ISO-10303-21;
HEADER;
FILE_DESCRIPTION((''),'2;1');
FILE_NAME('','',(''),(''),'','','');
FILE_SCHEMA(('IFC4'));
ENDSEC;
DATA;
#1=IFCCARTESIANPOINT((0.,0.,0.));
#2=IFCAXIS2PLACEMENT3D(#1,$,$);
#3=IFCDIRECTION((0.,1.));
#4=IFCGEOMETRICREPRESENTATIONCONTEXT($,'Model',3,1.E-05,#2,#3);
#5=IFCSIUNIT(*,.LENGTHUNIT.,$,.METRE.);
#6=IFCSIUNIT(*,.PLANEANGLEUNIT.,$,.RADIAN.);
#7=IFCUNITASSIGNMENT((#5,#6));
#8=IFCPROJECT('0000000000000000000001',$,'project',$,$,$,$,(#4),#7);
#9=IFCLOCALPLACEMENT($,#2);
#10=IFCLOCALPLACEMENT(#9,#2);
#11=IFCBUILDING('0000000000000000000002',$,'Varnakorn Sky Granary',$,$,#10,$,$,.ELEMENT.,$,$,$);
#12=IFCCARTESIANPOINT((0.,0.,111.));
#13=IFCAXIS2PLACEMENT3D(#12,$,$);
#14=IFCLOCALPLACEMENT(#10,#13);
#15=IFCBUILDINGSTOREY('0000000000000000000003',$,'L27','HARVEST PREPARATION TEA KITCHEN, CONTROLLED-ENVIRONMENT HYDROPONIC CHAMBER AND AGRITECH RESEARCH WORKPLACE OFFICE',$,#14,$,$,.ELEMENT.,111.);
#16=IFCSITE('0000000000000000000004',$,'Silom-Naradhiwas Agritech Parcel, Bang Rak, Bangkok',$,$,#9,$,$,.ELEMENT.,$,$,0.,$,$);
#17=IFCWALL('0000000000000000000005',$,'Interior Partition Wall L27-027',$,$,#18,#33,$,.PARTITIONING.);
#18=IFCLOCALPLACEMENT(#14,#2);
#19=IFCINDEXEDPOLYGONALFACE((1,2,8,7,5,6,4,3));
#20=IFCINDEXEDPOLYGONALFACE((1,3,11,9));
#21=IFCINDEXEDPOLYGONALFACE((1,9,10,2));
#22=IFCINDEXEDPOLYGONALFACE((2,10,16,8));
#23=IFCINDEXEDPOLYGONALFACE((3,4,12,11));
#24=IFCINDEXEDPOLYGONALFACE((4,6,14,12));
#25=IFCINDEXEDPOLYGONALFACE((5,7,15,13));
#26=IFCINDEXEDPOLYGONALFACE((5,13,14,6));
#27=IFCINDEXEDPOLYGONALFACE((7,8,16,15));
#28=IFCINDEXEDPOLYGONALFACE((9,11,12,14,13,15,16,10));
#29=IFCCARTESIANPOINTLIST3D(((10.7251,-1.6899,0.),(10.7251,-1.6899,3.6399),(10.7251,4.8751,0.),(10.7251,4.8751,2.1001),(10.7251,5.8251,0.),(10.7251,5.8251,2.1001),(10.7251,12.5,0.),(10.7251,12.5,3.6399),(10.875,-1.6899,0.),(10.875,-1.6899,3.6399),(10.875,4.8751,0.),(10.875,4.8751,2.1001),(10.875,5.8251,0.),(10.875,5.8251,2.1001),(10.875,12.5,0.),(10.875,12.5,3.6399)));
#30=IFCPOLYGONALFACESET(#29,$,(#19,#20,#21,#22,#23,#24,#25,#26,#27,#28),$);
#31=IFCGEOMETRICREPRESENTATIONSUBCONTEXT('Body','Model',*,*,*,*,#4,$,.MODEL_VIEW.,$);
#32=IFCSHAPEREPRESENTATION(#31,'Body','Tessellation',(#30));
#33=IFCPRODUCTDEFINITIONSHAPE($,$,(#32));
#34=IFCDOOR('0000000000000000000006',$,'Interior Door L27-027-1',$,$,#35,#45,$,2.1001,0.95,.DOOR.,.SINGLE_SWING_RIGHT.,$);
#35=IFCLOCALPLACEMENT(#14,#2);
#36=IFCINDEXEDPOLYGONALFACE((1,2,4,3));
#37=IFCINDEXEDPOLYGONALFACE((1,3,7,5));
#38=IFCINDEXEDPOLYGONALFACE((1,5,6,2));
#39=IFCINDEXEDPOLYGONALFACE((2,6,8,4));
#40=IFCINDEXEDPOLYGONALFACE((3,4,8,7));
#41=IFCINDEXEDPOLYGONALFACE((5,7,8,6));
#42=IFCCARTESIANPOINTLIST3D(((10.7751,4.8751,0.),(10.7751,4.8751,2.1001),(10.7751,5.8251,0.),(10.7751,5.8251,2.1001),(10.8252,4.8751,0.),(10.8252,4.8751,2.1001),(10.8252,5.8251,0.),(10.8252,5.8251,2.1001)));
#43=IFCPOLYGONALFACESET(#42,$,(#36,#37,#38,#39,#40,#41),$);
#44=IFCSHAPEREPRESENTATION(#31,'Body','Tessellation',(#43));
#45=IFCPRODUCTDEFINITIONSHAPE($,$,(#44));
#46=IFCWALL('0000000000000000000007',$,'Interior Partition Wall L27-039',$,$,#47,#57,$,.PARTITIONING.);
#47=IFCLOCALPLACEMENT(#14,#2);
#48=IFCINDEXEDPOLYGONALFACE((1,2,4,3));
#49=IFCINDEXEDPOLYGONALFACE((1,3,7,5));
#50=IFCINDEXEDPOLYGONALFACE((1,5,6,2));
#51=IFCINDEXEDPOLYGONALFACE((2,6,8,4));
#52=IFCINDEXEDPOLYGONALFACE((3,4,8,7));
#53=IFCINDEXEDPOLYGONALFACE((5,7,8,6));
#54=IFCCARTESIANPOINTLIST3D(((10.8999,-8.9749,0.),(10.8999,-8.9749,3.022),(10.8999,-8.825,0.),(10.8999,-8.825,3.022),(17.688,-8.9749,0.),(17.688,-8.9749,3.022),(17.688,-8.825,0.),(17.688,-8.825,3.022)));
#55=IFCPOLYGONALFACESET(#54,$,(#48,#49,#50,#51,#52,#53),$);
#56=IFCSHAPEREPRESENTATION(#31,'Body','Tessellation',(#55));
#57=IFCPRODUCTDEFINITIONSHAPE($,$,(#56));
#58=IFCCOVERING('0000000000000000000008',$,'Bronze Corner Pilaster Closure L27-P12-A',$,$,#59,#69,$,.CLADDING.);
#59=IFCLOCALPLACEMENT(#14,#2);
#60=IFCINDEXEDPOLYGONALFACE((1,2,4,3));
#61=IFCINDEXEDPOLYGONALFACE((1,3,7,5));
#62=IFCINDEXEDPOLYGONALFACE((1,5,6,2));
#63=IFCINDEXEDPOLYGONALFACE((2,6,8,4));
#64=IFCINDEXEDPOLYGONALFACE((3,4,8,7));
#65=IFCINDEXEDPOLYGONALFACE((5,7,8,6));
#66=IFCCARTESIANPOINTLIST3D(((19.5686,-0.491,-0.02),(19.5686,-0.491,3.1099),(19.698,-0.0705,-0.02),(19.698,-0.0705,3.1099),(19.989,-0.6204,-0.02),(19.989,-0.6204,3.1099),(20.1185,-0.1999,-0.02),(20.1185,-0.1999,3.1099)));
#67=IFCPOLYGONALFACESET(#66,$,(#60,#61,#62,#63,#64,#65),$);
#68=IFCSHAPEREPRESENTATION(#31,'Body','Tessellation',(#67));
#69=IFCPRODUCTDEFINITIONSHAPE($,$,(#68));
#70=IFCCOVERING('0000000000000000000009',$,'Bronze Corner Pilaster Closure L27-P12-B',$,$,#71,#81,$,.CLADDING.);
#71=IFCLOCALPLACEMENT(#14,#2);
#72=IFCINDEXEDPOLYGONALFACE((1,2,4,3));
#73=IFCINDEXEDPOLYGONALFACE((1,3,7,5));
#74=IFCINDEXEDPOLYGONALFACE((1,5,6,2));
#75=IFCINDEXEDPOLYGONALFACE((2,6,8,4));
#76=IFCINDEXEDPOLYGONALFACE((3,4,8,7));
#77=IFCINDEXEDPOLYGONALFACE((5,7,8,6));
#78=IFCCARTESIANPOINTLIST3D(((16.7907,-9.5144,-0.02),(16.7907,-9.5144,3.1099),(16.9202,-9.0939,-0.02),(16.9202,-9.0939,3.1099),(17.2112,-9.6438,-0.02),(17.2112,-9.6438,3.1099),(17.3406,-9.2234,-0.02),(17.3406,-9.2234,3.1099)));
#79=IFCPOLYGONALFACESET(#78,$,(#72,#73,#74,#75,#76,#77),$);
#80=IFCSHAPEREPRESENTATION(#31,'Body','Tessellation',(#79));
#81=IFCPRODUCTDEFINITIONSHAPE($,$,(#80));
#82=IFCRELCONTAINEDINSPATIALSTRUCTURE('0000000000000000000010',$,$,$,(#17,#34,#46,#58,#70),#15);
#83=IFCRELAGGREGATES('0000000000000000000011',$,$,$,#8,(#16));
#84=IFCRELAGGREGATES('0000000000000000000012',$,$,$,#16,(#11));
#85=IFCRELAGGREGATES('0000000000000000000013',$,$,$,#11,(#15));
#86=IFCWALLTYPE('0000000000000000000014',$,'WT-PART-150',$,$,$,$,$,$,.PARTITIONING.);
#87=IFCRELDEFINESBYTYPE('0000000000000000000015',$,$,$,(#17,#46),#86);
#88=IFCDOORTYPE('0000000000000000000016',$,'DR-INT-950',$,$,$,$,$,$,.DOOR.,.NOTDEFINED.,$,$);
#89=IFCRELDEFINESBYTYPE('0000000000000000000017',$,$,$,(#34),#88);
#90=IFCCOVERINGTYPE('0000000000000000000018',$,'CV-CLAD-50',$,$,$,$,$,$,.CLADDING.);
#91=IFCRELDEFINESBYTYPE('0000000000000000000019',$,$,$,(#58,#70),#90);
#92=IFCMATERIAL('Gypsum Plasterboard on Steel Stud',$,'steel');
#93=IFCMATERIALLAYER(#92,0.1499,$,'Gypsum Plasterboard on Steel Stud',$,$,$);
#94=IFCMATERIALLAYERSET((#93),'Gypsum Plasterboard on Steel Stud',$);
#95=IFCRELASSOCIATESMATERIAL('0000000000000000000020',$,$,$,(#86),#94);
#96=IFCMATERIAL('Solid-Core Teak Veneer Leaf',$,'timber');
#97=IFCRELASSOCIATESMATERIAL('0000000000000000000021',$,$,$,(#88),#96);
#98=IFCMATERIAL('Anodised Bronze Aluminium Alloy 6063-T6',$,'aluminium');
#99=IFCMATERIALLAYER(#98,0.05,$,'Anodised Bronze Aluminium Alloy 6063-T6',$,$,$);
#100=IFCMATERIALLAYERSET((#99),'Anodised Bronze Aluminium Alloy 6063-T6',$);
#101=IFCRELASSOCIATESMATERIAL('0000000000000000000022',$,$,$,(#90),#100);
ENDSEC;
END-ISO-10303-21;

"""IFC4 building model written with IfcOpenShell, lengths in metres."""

from ifc_helpers import new_model, si_unit, direction, frame, frame_2d, origin, origin_2d, place, context, subcontext, project, spatial, rectangle, extrude, source, transform, mapped, material, layer, layer_set, type_object, type_shapes, element, fill, save


model = new_model("IFC4")

# Units and contexts
model_context = context("Model", 3, precision=1e-05, world=origin(), true_north=direction((0.0, 1.0)))
body_context = subcontext(model_context, "Body", "Model", "MODEL_VIEW")
ifc_project = project(units=[si_unit("LENGTHUNIT", "METRE"), si_unit("PLANEANGLEUNIT", "RADIAN")], contexts=[model_context])

# Site, building, storey
site_placement = place(None, origin())
site = spatial("IfcSite", under=ifc_project, at=site_placement, Name="Silom-Naradhiwas Agritech Parcel, Bang Rak, Bangkok", CompositionType="ELEMENT", RefElevation=0.0)
building_placement = place(site_placement, origin())
building = spatial("IfcBuilding", under=site, at=building_placement, Name="Varnakorn Sky Granary", CompositionType="ELEMENT")
storey_placement = place(building_placement, frame((0.0, 0.0, 111.0)))
storey = spatial("IfcBuildingStorey", under=building, at=storey_placement, Name="L27", Description="HARVEST PREPARATION TEA KITCHEN, CONTROLLED-ENVIRONMENT HYDROPONIC CHAMBER AND AGRITECH RESEARCH WORKPLACE OFFICE", CompositionType="ELEMENT", Elevation=111.0)

# Shared definitions
ifc_material_1 = material(Name="Anodised Bronze Aluminium Alloy 6063-T6", Category="aluminium")

# Wall, opening, door
ifc_material_2 = material(Name="Gypsum Plasterboard on Steel Stud", Category="steel")
ifc_layer_1 = layer(ifc_material_2, 0.1499, Name="Gypsum Plasterboard on Steel Stud")
ifc_layer_set_1 = layer_set([ifc_layer_1], Name="Gypsum Plasterboard on Steel Stud")
wall_type_1 = type_object("IfcWallType", Name="WT-PART-150", PredefinedType="PARTITIONING", material=ifc_layer_set_1)
wall_1_placement = place(storey_placement, frame((10.8, -1.6899, 0.0), z_axis=(0.0, 0.0, 1.0), x_axis=(0.0, 1.0, 0.0)))
wall_1 = element("IfcWall", 1, at=wall_1_placement, inside=storey, type_object=wall_type_1, Name="Interior Partition Wall L27-027", PredefinedType="PARTITIONING", context=body_context, shape_type="SweptSolid", body=[
    extrude(rectangle(XDim=14.1899, YDim=0.1499, at=frame_2d((7.095, 0.0))), origin(), (0.0, 0.0, 1.0), 3.6399),
])
opening_placement = place(wall_1_placement, frame((6.5649, 0.0, 0.0)))
opening = element("IfcOpeningElement", 2, at=opening_placement, cuts=wall_1, PredefinedType="OPENING", context=body_context, shape_type="SweptSolid", body=[
    extrude(rectangle(XDim=0.95, YDim=2.1001, at=frame_2d((0.4751, 1.05))), frame((0.0, 0.085, 0.0), z_axis=(0.0, -1.0, 0.0), x_axis=(1.0, 0.0, 0.0)), (0.0, 0.0, 1.0), 0.1699),
])
ifc_material_3 = material(Name="Solid-Core Teak Veneer Leaf", Category="timber")
door_type = type_object("IfcDoorType", Name="DR-INT-950", OperationType="NOTDEFINED", PredefinedType="DOOR", material=ifc_material_3)
door_placement = place(opening_placement, origin())
door = element("IfcDoor", 3, at=door_placement, inside=storey, type_object=door_type, Name="Interior Door L27-027-1", OperationType="SINGLE_SWING_RIGHT", OverallHeight=2.1001, OverallWidth=0.95, PredefinedType="DOOR", context=body_context, shape_type="SweptSolid", body=[
    extrude(rectangle(XDim=0.95, YDim=2.1001, at=frame_2d((0.4751, 1.05))), frame((0.0, 0.0249, 0.0), z_axis=(0.0, -1.0, 0.0), x_axis=(1.0, 0.0, 0.0)), (0.0, 0.0, 1.0), 0.05),
])
fill(opening, door)

# Wall
wall_2_placement = place(storey_placement, frame((10.8999, -8.8999, 0.0), z_axis=(0.0, 0.0, 1.0), x_axis=(1.0, 0.0, 0.0)))
element("IfcWall", 4, at=wall_2_placement, inside=storey, type_object=wall_type_1, Name="Interior Partition Wall L27-039", PredefinedType="PARTITIONING", context=body_context, shape_type="SweptSolid", body=[
    extrude(rectangle(XDim=6.7881, YDim=0.1499, at=frame_2d((3.394, 0.0))), origin(), (0.0, 0.0, 1.0), 3.022),
])

# Coverings
ifc_layer_2 = layer(ifc_material_1, 0.05, Name="Anodised Bronze Aluminium Alloy 6063-T6")
ifc_layer_set_2 = layer_set([ifc_layer_2], Name="Anodised Bronze Aluminium Alloy 6063-T6")
covering_type = type_object("IfcCoveringType", Name="CV-CLAD-50", PredefinedType="CLADDING", material=ifc_layer_set_2)
shared_shape_1 = source(origin(), body_context, "Body", "SweptSolid", [
    extrude(rectangle(XDim=0.4399, YDim=0.4399, at=origin_2d()), origin(), (0.0, 0.0, 1.0), 3.1299),
])
type_shapes(covering_type, [shared_shape_1])
for number, where, z_axis, x_axis, name in (
    (5, (19.8435, -0.3455, -0.02), (0.0, 0.0, 1.0), (-0.294207, -0.955742, 0.0), "Bronze Corner Pilaster Closure L27-P12-A"),
    (6, (17.0657, -9.3689, -0.02), (0.0, 0.0, 1.0), (-0.294207, -0.955742, 0.0), "Bronze Corner Pilaster Closure L27-P12-B"),
):
    element("IfcCovering", number, at=place(storey_placement, frame(where, z_axis=z_axis, x_axis=x_axis)), inside=storey, type_object=covering_type, Name=name, PredefinedType="CLADDING", context=body_context, shape_type="MappedRepresentation", body=[
        mapped(shared_shape_1, transform((0.0, 0.0, 0.0), x_axis=(1.0, 0.0, 0.0), y_axis=(0.0, 1.0, 0.0), z_axis=(0.0, 0.0, 1.0), scale=1.0)),
    ])

save(model, "model.ifc")
